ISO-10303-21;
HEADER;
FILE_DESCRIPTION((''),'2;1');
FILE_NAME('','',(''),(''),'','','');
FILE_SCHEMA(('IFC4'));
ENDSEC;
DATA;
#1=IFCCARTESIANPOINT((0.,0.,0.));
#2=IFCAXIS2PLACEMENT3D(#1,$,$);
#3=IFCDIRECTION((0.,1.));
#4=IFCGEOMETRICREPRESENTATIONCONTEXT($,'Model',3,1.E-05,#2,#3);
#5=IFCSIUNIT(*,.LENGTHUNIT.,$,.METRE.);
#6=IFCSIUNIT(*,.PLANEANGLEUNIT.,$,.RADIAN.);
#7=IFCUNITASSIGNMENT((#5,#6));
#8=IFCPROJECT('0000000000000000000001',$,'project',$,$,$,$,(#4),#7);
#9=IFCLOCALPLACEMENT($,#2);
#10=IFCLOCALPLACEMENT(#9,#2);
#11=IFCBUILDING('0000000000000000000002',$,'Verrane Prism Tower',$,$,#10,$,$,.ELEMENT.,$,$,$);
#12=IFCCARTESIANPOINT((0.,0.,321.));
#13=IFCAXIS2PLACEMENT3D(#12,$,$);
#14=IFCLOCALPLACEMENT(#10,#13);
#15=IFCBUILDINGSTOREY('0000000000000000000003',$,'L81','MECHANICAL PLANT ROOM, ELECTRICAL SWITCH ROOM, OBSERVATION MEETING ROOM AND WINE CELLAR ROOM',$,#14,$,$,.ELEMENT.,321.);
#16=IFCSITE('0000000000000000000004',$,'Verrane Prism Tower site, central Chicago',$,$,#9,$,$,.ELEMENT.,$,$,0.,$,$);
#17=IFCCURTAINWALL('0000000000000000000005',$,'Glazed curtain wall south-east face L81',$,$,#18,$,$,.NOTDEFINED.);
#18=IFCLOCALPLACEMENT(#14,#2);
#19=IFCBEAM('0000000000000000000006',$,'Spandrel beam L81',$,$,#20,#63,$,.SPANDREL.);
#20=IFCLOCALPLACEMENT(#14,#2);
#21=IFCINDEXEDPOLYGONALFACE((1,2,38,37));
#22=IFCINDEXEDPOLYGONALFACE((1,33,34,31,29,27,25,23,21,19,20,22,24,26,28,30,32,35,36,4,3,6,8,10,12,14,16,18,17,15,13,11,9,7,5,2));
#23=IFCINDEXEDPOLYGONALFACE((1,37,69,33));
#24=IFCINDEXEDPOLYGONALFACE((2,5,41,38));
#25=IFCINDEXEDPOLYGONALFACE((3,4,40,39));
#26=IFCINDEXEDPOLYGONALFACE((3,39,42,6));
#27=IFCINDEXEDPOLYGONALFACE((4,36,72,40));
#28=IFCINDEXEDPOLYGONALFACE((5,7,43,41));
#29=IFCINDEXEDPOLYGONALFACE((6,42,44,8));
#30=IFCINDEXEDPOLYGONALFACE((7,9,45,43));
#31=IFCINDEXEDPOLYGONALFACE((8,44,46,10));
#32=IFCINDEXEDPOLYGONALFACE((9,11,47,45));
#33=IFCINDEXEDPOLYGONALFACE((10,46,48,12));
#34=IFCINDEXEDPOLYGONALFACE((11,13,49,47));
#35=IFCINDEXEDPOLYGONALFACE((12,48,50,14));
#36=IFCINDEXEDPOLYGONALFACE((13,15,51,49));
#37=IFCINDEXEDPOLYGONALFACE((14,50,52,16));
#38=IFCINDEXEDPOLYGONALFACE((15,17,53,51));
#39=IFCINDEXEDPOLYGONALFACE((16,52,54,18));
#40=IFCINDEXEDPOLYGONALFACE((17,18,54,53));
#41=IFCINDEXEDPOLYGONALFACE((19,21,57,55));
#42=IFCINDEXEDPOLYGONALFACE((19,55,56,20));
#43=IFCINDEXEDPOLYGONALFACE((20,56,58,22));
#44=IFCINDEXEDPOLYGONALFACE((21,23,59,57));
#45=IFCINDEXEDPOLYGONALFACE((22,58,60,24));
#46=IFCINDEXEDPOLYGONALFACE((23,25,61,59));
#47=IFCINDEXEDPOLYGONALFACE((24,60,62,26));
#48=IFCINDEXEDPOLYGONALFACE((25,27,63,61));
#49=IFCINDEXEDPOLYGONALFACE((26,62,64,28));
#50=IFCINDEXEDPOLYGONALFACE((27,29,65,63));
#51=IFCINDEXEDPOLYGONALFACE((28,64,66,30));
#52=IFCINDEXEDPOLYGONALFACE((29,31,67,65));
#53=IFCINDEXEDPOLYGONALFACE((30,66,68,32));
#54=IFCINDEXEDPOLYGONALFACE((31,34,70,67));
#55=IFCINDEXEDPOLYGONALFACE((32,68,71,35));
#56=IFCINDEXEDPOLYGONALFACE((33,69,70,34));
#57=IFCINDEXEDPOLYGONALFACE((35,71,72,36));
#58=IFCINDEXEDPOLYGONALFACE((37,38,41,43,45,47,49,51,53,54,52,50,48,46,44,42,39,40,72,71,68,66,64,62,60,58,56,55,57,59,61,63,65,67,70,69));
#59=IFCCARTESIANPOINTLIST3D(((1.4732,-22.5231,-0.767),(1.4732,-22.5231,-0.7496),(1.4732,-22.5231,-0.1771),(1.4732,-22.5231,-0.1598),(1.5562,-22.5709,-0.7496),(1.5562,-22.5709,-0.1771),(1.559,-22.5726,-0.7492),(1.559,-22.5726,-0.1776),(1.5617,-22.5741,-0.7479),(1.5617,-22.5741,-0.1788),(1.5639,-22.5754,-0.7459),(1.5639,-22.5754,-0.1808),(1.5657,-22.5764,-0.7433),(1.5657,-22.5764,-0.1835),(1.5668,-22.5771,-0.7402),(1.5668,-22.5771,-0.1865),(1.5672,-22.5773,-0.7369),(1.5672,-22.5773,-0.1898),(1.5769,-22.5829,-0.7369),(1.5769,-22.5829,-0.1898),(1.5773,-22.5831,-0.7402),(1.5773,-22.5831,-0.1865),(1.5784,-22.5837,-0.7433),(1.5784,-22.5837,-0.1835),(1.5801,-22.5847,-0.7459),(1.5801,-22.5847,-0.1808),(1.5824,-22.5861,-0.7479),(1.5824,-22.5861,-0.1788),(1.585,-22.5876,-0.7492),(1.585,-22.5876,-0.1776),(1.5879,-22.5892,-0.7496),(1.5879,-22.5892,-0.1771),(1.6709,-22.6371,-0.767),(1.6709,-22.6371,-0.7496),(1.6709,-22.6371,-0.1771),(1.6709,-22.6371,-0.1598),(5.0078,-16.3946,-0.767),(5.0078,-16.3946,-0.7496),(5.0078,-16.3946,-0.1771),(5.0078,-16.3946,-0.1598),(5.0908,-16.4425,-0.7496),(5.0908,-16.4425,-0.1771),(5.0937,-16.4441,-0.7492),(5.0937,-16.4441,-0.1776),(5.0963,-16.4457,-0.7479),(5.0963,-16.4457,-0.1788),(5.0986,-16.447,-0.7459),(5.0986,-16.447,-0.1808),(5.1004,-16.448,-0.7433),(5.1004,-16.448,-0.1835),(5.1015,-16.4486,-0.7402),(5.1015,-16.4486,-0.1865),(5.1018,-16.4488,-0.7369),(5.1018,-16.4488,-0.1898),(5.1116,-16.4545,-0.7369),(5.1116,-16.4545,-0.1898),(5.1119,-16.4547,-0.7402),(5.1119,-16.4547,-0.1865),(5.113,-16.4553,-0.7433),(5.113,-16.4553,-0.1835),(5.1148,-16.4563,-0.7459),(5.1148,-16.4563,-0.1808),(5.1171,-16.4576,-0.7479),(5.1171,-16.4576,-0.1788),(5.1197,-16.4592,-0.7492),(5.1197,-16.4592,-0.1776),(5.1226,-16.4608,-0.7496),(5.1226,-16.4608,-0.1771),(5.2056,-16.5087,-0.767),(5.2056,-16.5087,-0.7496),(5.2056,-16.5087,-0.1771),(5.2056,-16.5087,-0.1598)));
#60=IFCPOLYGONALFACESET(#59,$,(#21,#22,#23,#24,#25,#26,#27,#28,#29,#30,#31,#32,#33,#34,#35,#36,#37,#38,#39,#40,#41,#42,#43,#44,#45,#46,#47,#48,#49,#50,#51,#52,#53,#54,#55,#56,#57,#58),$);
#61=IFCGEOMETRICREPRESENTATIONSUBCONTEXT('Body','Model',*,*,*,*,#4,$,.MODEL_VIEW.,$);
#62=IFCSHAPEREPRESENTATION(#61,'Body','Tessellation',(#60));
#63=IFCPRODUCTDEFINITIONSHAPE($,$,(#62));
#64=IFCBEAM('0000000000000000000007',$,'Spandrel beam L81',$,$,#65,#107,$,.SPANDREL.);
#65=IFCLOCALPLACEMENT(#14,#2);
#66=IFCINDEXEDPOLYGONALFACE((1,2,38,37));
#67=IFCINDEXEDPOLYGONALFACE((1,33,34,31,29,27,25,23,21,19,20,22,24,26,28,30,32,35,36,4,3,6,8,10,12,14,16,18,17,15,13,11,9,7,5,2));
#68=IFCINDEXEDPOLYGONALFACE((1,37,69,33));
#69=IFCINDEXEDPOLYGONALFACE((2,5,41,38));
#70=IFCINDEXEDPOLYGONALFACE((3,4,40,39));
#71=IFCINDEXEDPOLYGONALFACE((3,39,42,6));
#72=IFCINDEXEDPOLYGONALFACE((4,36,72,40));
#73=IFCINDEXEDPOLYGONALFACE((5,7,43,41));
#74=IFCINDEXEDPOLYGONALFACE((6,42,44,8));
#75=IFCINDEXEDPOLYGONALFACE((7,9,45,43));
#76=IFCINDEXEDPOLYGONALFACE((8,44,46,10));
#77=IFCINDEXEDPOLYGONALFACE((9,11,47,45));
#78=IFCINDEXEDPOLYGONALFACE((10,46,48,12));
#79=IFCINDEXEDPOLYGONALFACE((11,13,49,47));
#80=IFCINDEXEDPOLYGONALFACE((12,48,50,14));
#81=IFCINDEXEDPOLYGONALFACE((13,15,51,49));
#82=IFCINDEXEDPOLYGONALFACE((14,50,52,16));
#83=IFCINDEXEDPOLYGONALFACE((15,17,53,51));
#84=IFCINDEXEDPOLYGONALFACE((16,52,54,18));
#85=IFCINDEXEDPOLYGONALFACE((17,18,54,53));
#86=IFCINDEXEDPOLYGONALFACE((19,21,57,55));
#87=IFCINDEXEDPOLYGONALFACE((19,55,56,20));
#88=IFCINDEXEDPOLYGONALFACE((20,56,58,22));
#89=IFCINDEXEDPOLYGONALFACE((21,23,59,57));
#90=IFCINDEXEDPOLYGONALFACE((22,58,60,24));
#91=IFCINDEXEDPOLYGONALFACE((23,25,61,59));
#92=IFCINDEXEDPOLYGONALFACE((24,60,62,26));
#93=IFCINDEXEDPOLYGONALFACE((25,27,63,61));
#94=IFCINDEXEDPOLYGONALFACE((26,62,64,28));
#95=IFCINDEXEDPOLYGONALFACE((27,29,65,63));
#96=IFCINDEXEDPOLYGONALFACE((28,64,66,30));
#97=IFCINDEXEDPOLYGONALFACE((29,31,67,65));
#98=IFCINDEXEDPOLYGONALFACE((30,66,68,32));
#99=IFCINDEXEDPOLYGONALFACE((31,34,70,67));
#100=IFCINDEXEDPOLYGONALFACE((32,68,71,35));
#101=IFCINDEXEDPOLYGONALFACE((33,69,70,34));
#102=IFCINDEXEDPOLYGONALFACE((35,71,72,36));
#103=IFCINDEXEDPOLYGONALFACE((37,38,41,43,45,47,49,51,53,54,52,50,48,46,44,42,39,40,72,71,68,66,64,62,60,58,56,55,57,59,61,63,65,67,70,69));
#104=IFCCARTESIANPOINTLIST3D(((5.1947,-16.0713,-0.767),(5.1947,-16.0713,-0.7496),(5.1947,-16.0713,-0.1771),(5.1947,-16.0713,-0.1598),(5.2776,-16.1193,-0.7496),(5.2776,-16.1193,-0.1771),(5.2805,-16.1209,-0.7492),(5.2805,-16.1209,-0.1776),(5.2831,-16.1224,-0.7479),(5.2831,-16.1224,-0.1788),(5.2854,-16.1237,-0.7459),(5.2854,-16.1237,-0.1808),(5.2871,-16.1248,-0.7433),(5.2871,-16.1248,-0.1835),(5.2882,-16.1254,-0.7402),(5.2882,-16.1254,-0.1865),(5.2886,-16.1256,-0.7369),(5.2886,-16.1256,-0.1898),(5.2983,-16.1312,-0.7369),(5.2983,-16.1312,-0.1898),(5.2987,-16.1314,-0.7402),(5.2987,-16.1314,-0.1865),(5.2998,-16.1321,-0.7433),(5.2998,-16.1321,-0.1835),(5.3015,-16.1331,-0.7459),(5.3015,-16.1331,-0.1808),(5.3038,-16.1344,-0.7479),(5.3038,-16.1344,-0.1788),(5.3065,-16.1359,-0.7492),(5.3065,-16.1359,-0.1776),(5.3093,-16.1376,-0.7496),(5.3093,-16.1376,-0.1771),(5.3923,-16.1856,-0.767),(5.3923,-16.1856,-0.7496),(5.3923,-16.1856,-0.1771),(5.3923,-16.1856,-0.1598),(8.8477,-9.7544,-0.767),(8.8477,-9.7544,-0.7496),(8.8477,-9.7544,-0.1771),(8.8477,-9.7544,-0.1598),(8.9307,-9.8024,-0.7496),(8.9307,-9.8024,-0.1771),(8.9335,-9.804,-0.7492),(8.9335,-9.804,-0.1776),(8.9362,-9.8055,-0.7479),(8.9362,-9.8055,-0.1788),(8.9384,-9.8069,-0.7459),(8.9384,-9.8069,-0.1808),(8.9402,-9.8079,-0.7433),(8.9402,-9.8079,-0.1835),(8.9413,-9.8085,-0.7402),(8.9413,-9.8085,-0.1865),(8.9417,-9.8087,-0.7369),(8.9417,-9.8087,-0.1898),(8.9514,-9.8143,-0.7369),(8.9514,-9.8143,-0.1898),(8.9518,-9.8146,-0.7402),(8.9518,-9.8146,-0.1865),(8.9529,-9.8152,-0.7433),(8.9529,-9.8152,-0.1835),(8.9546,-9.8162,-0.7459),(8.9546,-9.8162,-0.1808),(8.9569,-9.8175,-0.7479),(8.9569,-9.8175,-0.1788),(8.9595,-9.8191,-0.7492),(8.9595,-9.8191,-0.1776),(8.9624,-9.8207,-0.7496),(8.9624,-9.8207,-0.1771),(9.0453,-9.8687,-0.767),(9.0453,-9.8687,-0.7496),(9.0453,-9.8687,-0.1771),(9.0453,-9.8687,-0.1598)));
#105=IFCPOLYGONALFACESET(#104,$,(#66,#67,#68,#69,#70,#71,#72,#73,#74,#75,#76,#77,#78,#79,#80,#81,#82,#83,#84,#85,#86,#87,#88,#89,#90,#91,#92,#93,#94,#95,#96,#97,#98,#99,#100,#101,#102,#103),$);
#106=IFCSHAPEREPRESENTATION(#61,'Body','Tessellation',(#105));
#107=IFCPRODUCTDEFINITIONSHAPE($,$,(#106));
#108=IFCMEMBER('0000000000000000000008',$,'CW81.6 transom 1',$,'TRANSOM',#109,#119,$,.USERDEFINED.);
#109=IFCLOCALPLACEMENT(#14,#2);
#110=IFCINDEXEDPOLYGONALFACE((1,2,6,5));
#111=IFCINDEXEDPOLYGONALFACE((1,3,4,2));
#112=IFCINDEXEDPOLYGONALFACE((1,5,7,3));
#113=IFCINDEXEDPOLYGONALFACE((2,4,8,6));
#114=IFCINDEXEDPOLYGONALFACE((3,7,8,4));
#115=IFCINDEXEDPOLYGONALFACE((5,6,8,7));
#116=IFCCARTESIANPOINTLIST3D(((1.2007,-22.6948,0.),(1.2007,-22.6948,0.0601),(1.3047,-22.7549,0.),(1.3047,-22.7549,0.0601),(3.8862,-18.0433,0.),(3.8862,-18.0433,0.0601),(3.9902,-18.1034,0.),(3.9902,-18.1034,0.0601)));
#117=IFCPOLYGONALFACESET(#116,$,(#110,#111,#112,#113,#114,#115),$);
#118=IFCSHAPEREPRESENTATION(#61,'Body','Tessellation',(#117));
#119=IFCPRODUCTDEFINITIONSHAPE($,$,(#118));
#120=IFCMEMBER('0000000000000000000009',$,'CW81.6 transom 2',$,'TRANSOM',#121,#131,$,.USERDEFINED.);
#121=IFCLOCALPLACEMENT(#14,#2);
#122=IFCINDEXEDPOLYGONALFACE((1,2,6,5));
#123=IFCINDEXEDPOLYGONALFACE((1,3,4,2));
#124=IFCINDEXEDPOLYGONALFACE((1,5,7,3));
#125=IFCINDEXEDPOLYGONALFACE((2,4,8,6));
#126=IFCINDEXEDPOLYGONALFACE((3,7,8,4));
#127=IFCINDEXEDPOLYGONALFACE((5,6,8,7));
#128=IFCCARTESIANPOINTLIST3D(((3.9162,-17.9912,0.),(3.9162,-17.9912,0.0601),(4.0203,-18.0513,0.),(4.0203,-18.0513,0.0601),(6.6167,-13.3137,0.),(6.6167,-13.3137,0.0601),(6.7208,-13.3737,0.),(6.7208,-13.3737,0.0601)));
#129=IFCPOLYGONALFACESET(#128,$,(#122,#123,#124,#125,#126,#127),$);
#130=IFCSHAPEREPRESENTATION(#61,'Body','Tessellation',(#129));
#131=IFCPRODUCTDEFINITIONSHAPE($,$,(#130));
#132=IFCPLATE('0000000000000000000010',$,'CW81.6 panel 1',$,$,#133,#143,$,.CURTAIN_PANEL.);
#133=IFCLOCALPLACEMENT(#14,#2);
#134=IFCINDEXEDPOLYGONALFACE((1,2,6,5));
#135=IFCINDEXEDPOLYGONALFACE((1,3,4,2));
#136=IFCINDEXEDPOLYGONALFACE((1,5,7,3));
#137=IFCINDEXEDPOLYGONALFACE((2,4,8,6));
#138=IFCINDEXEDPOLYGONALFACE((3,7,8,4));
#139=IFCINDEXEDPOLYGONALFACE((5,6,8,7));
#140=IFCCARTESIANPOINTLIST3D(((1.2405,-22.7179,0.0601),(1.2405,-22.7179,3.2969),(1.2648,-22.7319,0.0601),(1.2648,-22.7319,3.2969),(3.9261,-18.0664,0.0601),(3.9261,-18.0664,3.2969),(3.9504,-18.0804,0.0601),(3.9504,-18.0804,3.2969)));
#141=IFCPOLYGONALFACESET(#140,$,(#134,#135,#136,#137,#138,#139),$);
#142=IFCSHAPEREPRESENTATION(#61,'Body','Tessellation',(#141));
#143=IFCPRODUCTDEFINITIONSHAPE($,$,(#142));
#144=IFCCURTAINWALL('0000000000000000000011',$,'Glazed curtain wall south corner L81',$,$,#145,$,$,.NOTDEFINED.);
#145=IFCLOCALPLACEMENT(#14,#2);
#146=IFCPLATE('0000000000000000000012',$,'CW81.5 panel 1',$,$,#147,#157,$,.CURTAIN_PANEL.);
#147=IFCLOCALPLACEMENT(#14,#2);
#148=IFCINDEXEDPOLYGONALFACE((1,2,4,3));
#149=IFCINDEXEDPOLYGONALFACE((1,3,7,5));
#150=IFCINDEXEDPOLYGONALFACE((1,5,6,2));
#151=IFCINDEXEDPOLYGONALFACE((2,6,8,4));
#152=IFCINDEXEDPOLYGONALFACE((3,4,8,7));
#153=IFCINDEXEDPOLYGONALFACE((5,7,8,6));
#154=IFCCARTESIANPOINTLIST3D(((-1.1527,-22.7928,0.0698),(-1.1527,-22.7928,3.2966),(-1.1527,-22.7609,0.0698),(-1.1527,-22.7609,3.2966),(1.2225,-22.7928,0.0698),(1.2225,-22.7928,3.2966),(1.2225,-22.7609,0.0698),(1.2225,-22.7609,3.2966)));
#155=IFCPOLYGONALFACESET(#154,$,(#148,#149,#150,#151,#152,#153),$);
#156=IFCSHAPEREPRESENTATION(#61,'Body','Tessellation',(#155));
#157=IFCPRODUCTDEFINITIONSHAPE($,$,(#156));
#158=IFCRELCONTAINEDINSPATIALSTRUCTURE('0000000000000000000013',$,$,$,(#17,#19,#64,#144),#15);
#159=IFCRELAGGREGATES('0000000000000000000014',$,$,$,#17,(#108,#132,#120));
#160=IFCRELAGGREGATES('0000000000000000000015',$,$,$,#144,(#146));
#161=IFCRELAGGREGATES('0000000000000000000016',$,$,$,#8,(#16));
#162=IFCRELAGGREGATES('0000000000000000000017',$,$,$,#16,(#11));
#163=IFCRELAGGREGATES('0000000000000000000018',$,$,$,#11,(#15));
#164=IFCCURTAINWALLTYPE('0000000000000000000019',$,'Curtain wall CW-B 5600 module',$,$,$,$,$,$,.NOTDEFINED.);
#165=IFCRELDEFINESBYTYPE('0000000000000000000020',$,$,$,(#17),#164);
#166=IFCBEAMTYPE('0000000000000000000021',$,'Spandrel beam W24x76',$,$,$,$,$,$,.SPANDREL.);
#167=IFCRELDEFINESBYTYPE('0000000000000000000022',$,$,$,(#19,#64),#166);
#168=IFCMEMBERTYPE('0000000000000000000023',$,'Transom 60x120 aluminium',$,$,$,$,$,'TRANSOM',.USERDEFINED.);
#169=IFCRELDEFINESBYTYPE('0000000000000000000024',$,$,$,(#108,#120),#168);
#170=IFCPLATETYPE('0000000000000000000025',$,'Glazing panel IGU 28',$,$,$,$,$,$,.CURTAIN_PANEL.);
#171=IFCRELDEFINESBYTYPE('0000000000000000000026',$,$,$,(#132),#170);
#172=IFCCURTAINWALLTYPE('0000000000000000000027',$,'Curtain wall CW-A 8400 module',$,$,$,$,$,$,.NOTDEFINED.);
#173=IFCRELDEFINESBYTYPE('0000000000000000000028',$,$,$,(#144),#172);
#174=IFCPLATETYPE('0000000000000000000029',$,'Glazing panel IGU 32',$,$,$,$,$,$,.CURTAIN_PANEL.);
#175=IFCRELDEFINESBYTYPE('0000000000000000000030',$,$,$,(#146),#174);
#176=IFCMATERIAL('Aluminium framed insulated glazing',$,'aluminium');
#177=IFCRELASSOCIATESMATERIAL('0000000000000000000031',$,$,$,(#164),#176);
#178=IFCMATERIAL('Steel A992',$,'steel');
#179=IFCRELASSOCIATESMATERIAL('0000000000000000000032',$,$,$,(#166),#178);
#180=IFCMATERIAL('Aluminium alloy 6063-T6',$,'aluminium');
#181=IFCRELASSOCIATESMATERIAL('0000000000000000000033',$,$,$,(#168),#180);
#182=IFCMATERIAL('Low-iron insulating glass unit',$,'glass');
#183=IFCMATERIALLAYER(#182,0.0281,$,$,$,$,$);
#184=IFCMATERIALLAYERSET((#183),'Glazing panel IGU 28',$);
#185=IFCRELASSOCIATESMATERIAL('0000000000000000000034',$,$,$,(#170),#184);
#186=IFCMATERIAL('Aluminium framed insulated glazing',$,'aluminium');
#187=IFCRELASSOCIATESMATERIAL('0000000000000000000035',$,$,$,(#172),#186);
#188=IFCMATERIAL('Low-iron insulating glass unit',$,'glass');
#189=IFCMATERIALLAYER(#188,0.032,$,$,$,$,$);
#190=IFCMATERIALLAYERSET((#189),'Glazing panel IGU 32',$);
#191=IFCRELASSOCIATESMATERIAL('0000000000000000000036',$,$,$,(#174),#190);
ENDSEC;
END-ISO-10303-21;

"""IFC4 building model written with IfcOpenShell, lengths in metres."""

from ifc_helpers import new_model, si_unit, direction, frame, origin, origin_2d, place, context, subcontext, project, spatial, rectangle, i_section, extrude, material, layer, layer_set, material_profile, profile_set, type_object, element, aggregate, save


model = new_model("IFC4")

# Units and contexts
model_context = context("Model", 3, precision=1e-05, world=origin(), true_north=direction((0.0, 1.0)))
body_context = subcontext(model_context, "Body", "Model", "MODEL_VIEW")
ifc_project = project(units=[si_unit("LENGTHUNIT", "METRE"), si_unit("PLANEANGLEUNIT", "RADIAN")], contexts=[model_context])

# Site, building, storey
site_placement = place(None, origin())
site = spatial("IfcSite", under=ifc_project, at=site_placement, Name="Verrane Prism Tower site, central Chicago", CompositionType="ELEMENT", RefElevation=0.0)
building_placement = place(site_placement, origin())
building = spatial("IfcBuilding", under=site, at=building_placement, Name="Verrane Prism Tower", CompositionType="ELEMENT")
storey_placement = place(building_placement, frame((0.0, 0.0, 321.0)))
storey = spatial("IfcBuildingStorey", under=building, at=storey_placement, Name="L81", Description="MECHANICAL PLANT ROOM, ELECTRICAL SWITCH ROOM, OBSERVATION MEETING ROOM AND WINE CELLAR ROOM", CompositionType="ELEMENT", Elevation=321.0)

# Curtain wall
ifc_material_1 = material(Name="Aluminium framed insulated glazing", Category="aluminium")
curtain_wall_type_1 = type_object("IfcCurtainWallType", Name="Curtain wall CW-B 5600 module", PredefinedType="NOTDEFINED", material=ifc_material_1)
curtain_wall_1_placement = place(storey_placement, origin())
curtain_wall_1 = element("IfcCurtainWall", 1, at=curtain_wall_1_placement, inside=storey, type_object=curtain_wall_type_1, Name="Glazed curtain wall south-east face L81", PredefinedType="NOTDEFINED")

# Beams
ifc_material_2 = material(Name="Steel A992", Category="steel")
ifc_material_profile_1 = material_profile(ifc_material_2, i_section(OverallWidth=0.2283, OverallDepth=0.6072, WebThickness=0.0112, FlangeThickness=0.0173, FilletRadius=0.0127, at=origin_2d()), Name="W24x76")
ifc_profile_set_1 = profile_set([ifc_material_profile_1], Name="Steel A992")
beam_type_1 = type_object("IfcBeamType", Name="Spandrel beam W24x76", PredefinedType="SPANDREL", material=ifc_profile_set_1)
beam_1_placement = place(storey_placement, frame((1.572, -22.5801, -0.4634), z_axis=(0.499621, 0.866244, 0.0), x_axis=(-0.866244, 0.499621, 0.0)))
element("IfcBeam", 2, at=beam_1_placement, inside=storey, type_object=beam_type_1, Name="Spandrel beam L81", PredefinedType="SPANDREL", context=body_context, shape_type="SweptSolid", body=[
    extrude(i_section(OverallWidth=0.2283, OverallDepth=0.6072, WebThickness=0.0112, FlangeThickness=0.0173, FilletRadius=0.0127, at=origin_2d()), origin(), (0.0, 0.0, 1.0), 7.0747),
])
beam_2_placement = place(storey_placement, frame((5.2935, -16.1284, -0.4634), z_axis=(0.500618, 0.865668, 0.0), x_axis=(-0.865668, 0.500618, 0.0)))
element("IfcBeam", 3, at=beam_2_placement, inside=storey, type_object=beam_type_1, Name="Spandrel beam L81", PredefinedType="SPANDREL", context=body_context, shape_type="SweptSolid", body=[
    extrude(i_section(OverallWidth=0.2283, OverallDepth=0.6072, WebThickness=0.0112, FlangeThickness=0.0173, FilletRadius=0.0127, at=origin_2d()), origin(), (0.0, 0.0, 1.0), 7.2971),
])

# Members
ifc_material_3 = material(Name="Aluminium alloy 6063-T6", Category="aluminium")
ifc_material_profile_2 = material_profile(ifc_material_3, rectangle(XDim=0.1201, YDim=0.0601, at=origin_2d()), Name="Transom 60x120 aluminium")
ifc_profile_set_2 = profile_set([ifc_material_profile_2], Name="Aluminium alloy 6063-T6")
member_type_1 = type_object("IfcMemberType", Name="Transom 60x120 aluminium", ElementType="TRANSOM", PredefinedType="USERDEFINED", material=ifc_profile_set_2)
member_1_placement = place(storey_placement, frame((1.2527, -22.7249, 0.03), z_axis=(0.499991, 0.86603, 0.0), x_axis=(-0.86603, 0.499991, 0.0)))
member_1 = element("IfcMember", 4, at=member_1_placement, type_object=member_type_1, Name="CW81.6 transom 1", ObjectType="TRANSOM", PredefinedType="USERDEFINED", context=body_context, shape_type="SweptSolid", body=[
    extrude(rectangle(XDim=0.1201, YDim=0.0601, at=origin_2d()), origin(), (0.0, 0.0, 1.0), 5.3711),
])
member_2_placement = place(storey_placement, frame((3.9683, -18.0212, 0.03), z_axis=(0.499985, 0.866034, 0.0), x_axis=(-0.866034, 0.499985, 0.0)))
member_2 = element("IfcMember", 5, at=member_2_placement, type_object=member_type_1, Name="CW81.6 transom 2", ObjectType="TRANSOM", PredefinedType="USERDEFINED", context=body_context, shape_type="SweptSolid", body=[
    extrude(rectangle(XDim=0.1201, YDim=0.0601, at=origin_2d()), origin(), (0.0, 0.0, 1.0), 5.4011),
])

# Plate
ifc_material_4 = material(Name="Low-iron insulating glass unit", Category="glass")
ifc_layer_1 = layer(ifc_material_4, 0.0281)
ifc_layer_set_1 = layer_set([ifc_layer_1], Name="Glazing panel IGU 28")
plate_type_1 = type_object("IfcPlateType", Name="Glazing panel IGU 28", PredefinedType="CURTAIN_PANEL", material=ifc_layer_set_1)
plate_1_placement = place(storey_placement, frame((2.5955, -20.3992, 0.0601), z_axis=(0.0, 0.0, 1.0), x_axis=(0.5, 0.866025, 0.0)))
plate_1 = element("IfcPlate", 6, at=plate_1_placement, type_object=plate_type_1, Name="CW81.6 panel 1", PredefinedType="CURTAIN_PANEL", context=body_context, shape_type="SweptSolid", body=[
    extrude(rectangle(XDim=5.3711, YDim=0.0281, at=origin_2d()), origin(), (0.0, 0.0, 1.0), 3.2368),
])
aggregate(curtain_wall_1, [member_1, plate_1, member_2])

# Curtain wall, plate
ifc_material_5 = material(Name="Aluminium framed insulated glazing", Category="aluminium")
curtain_wall_type_2 = type_object("IfcCurtainWallType", Name="Curtain wall CW-A 8400 module", PredefinedType="NOTDEFINED", material=ifc_material_5)
curtain_wall_2_placement = place(storey_placement, origin())
curtain_wall_2 = element("IfcCurtainWall", 7, at=curtain_wall_2_placement, inside=storey, type_object=curtain_wall_type_2, Name="Glazed curtain wall south corner L81", PredefinedType="NOTDEFINED")
ifc_material_6 = material(Name="Low-iron insulating glass unit", Category="glass")
ifc_layer_2 = layer(ifc_material_6, 0.032)
ifc_layer_set_2 = layer_set([ifc_layer_2], Name="Glazing panel IGU 32")
plate_type_2 = type_object("IfcPlateType", Name="Glazing panel IGU 32", PredefinedType="CURTAIN_PANEL", material=ifc_layer_set_2)
plate_2_placement = place(storey_placement, frame((0.0349, -22.7769, 0.0698), z_axis=(0.0, 0.0, 1.0), x_axis=(1.0, 0.0, 0.0)))
plate_2 = element("IfcPlate", 8, at=plate_2_placement, type_object=plate_type_2, Name="CW81.5 panel 1", PredefinedType="CURTAIN_PANEL", context=body_context, shape_type="SweptSolid", body=[
    extrude(rectangle(XDim=2.3752, YDim=0.032, at=origin_2d()), origin(), (0.0, 0.0, 1.0), 3.2268),
])
aggregate(curtain_wall_2, [plate_2])

save(model, "model.ifc")
